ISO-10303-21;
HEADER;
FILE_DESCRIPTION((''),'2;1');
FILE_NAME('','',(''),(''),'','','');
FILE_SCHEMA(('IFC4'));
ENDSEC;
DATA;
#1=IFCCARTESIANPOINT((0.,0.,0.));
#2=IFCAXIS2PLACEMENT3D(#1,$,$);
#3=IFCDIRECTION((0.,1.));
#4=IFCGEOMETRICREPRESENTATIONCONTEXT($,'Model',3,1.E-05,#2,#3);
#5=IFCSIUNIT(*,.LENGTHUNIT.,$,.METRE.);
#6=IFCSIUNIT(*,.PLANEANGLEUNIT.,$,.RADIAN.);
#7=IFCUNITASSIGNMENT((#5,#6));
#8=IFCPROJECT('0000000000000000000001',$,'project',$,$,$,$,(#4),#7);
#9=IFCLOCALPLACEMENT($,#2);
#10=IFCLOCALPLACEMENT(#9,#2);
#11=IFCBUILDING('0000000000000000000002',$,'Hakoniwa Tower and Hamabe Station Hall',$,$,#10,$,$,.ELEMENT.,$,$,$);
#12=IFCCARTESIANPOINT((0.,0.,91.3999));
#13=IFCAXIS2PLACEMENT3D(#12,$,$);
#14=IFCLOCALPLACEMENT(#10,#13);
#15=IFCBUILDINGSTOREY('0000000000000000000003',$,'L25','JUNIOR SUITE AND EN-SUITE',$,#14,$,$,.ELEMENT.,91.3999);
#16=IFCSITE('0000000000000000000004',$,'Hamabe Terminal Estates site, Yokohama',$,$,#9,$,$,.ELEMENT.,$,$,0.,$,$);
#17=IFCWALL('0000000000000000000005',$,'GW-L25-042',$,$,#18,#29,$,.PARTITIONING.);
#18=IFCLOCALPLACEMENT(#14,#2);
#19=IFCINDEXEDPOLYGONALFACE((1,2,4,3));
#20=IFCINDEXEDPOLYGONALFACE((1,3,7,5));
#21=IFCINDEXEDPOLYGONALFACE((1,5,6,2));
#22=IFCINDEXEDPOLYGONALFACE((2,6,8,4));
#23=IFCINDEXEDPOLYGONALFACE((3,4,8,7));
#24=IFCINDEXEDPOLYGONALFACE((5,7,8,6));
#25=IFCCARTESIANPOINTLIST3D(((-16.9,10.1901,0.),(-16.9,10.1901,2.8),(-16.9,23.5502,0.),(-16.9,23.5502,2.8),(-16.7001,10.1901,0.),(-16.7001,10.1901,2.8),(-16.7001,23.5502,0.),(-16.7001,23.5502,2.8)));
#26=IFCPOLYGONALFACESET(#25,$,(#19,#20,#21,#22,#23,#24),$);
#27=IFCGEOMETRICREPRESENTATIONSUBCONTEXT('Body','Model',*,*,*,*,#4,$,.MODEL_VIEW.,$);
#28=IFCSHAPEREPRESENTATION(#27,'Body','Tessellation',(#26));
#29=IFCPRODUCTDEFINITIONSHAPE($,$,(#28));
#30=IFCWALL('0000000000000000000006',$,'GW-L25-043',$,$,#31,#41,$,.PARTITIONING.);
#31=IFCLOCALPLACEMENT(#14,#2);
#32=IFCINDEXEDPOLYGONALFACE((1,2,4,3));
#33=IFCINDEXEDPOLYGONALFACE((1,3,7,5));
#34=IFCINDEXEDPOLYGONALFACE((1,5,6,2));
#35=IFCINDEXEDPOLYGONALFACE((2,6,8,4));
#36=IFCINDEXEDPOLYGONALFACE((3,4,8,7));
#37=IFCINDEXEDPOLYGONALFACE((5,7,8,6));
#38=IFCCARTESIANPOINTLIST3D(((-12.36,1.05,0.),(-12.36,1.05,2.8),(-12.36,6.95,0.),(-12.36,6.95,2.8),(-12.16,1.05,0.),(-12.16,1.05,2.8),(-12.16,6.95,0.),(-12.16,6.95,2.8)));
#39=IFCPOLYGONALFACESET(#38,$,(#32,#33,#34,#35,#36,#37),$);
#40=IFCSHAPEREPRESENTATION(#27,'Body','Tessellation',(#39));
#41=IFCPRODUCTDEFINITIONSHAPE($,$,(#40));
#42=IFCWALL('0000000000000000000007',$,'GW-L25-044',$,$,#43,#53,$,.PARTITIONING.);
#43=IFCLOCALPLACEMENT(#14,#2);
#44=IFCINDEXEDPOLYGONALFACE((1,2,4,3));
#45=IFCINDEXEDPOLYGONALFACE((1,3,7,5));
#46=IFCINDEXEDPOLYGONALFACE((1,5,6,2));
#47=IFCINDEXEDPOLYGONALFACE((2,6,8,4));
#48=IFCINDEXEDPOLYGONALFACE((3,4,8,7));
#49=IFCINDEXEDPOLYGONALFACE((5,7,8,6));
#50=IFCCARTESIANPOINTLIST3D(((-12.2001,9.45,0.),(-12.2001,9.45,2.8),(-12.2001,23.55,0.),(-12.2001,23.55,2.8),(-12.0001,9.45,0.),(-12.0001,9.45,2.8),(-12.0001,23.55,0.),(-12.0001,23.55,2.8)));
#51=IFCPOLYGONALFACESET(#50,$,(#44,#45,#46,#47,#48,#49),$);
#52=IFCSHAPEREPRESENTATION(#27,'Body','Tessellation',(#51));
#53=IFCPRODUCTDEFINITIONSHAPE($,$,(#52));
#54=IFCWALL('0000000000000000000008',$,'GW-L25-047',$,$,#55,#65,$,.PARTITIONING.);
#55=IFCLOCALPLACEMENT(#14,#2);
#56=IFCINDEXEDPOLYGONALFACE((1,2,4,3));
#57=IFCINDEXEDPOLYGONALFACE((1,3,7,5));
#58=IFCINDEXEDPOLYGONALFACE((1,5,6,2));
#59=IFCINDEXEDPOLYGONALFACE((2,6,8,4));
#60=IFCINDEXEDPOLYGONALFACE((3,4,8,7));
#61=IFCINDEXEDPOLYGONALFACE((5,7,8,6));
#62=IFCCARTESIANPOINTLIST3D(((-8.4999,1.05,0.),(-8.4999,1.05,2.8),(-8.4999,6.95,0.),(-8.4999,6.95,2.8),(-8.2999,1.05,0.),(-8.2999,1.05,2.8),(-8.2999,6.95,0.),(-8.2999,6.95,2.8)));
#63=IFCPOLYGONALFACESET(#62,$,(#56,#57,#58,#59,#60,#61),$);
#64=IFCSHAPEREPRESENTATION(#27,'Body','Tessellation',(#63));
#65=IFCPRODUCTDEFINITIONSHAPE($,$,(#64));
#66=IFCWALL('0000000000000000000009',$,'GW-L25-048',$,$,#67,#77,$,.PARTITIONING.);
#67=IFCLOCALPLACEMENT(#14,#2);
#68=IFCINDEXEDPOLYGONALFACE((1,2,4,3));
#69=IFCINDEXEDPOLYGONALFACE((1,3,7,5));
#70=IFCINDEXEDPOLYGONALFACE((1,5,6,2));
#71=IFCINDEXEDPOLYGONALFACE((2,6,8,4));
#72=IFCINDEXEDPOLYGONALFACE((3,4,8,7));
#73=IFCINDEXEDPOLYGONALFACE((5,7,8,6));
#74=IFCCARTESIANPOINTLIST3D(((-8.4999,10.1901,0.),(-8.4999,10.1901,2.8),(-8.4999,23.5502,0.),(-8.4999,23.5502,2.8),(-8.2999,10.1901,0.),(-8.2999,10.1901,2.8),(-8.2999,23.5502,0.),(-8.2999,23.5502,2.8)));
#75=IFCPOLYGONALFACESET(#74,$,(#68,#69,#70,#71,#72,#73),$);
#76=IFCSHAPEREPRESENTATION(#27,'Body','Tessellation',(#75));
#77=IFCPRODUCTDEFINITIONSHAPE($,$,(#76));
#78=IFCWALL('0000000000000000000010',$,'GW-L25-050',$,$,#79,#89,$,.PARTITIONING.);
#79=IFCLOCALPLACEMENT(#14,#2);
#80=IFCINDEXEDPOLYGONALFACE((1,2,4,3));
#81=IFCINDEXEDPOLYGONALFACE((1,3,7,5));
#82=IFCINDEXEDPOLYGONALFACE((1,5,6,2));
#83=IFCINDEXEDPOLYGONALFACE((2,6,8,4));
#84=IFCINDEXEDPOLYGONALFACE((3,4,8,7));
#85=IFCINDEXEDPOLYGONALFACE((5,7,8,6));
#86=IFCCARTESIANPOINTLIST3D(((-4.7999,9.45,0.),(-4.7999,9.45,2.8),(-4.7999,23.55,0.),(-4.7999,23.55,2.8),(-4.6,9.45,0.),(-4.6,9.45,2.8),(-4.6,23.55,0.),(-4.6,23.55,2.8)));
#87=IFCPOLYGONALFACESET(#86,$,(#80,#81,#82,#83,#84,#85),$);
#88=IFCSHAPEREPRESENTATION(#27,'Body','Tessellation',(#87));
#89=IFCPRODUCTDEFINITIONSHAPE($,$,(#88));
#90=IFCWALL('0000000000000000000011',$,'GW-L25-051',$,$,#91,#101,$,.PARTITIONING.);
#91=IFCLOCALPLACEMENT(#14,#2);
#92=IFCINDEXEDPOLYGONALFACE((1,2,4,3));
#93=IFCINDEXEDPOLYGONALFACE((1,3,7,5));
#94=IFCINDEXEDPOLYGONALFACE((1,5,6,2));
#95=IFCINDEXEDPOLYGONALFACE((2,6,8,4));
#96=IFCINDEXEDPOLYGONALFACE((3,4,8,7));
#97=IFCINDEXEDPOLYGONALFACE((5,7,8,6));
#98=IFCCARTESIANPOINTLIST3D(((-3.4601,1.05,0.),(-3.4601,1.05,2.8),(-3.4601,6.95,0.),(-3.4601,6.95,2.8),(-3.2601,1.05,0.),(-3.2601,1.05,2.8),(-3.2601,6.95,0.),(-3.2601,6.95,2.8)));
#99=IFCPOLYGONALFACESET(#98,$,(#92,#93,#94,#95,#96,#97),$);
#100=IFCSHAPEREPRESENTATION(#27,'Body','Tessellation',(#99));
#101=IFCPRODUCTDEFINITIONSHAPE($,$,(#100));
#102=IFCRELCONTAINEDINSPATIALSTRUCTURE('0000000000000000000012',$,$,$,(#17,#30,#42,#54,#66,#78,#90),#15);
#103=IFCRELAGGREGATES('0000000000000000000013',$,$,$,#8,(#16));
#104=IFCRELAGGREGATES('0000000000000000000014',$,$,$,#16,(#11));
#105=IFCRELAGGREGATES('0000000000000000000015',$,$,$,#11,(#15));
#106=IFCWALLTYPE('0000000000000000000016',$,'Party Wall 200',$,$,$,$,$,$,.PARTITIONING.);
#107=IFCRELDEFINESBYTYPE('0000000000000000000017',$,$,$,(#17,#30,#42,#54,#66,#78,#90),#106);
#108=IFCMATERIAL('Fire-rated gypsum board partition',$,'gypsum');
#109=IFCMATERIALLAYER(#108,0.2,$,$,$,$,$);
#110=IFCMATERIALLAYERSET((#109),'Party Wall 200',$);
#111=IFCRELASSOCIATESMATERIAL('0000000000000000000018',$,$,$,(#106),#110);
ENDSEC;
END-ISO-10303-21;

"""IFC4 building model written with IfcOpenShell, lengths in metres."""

from ifc_helpers import new_model, si_unit, direction, frame, frame_2d, origin, place, context, subcontext, project, spatial, rectangle, extrude, material, layer, layer_set, type_object, element, save


model = new_model("IFC4")

# Units and contexts
model_context = context("Model", 3, precision=1e-05, world=origin(), true_north=direction((0.0, 1.0)))
body_context = subcontext(model_context, "Body", "Model", "MODEL_VIEW")
ifc_project = project(units=[si_unit("LENGTHUNIT", "METRE"), si_unit("PLANEANGLEUNIT", "RADIAN")], contexts=[model_context])

# Site, building, storey
site_placement = place(None, origin())
site = spatial("IfcSite", under=ifc_project, at=site_placement, Name="Hamabe Terminal Estates site, Yokohama", CompositionType="ELEMENT", RefElevation=0.0)
building_placement = place(site_placement, origin())
building = spatial("IfcBuilding", under=site, at=building_placement, Name="Hakoniwa Tower and Hamabe Station Hall", CompositionType="ELEMENT")
storey_placement = place(building_placement, frame((0.0, 0.0, 91.3999)))
storey = spatial("IfcBuildingStorey", under=building, at=storey_placement, Name="L25", Description="JUNIOR SUITE AND EN-SUITE", CompositionType="ELEMENT", Elevation=91.3999)

# Walls
ifc_material_1 = material(Name="Fire-rated gypsum board partition", Category="gypsum")
ifc_layer_1 = layer(ifc_material_1, 0.2)
ifc_layer_set_1 = layer_set([ifc_layer_1], Name="Party Wall 200")
wall_type_1 = type_object("IfcWallType", Name="Party Wall 200", PredefinedType="PARTITIONING", material=ifc_layer_set_1)
wall_1_placement = place(storey_placement, frame((-16.8, 10.1899, 0.0), z_axis=(0.0, 0.0, 1.0), x_axis=(0.0, 1.0, 0.0)))
element("IfcWall", 1, at=wall_1_placement, inside=storey, type_object=wall_type_1, Name="GW-L25-042", PredefinedType="PARTITIONING", context=body_context, shape_type="SweptSolid", body=[
    extrude(rectangle(XDim=13.3601, YDim=0.2, at=frame_2d((6.6802, 0.0))), origin(), (0.0, 0.0, 1.0), 2.8),
])
wall_2_placement = place(storey_placement, frame((-12.26, 1.05, 0.0), z_axis=(0.0, 0.0, 1.0), x_axis=(0.0, 1.0, 0.0)))
element("IfcWall", 2, at=wall_2_placement, inside=storey, type_object=wall_type_1, Name="GW-L25-043", PredefinedType="PARTITIONING", context=body_context, shape_type="SweptSolid", body=[
    extrude(rectangle(XDim=5.8999, YDim=0.2, at=frame_2d((2.95, 0.0))), origin(), (0.0, 0.0, 1.0), 2.8),
])
wall_3_placement = place(storey_placement, frame((-12.1001, 9.45, 0.0), z_axis=(0.0, 0.0, 1.0), x_axis=(0.0, 1.0, 0.0)))
element("IfcWall", 3, at=wall_3_placement, inside=storey, type_object=wall_type_1, Name="GW-L25-044", PredefinedType="PARTITIONING", context=body_context, shape_type="SweptSolid", body=[
    extrude(rectangle(XDim=14.1001, YDim=0.2, at=frame_2d((7.05, 0.0))), origin(), (0.0, 0.0, 1.0), 2.8),
])
wall_4_placement = place(storey_placement, frame((-8.3999, 1.05, 0.0), z_axis=(0.0, 0.0, 1.0), x_axis=(0.0, 1.0, 0.0)))
element("IfcWall", 4, at=wall_4_placement, inside=storey, type_object=wall_type_1, Name="GW-L25-047", PredefinedType="PARTITIONING", context=body_context, shape_type="SweptSolid", body=[
    extrude(rectangle(XDim=5.8999, YDim=0.2, at=frame_2d((2.95, 0.0))), origin(), (0.0, 0.0, 1.0), 2.8),
])
wall_5_placement = place(storey_placement, frame((-8.3999, 10.1899, 0.0), z_axis=(0.0, 0.0, 1.0), x_axis=(0.0, 1.0, 0.0)))
element("IfcWall", 5, at=wall_5_placement, inside=storey, type_object=wall_type_1, Name="GW-L25-048", PredefinedType="PARTITIONING", context=body_context, shape_type="SweptSolid", body=[
    extrude(rectangle(XDim=13.3601, YDim=0.2, at=frame_2d((6.6802, 0.0))), origin(), (0.0, 0.0, 1.0), 2.8),
])
wall_6_placement = place(storey_placement, frame((-4.7, 9.45, 0.0), z_axis=(0.0, 0.0, 1.0), x_axis=(0.0, 1.0, 0.0)))
element("IfcWall", 6, at=wall_6_placement, inside=storey, type_object=wall_type_1, Name="GW-L25-050", PredefinedType="PARTITIONING", context=body_context, shape_type="SweptSolid", body=[
    extrude(rectangle(XDim=14.1001, YDim=0.2, at=frame_2d((7.05, 0.0))), origin(), (0.0, 0.0, 1.0), 2.8),
])
wall_7_placement = place(storey_placement, frame((-3.3601, 1.05, 0.0), z_axis=(0.0, 0.0, 1.0), x_axis=(0.0, 1.0, 0.0)))
element("IfcWall", 7, at=wall_7_placement, inside=storey, type_object=wall_type_1, Name="GW-L25-051", PredefinedType="PARTITIONING", context=body_context, shape_type="SweptSolid", body=[
    extrude(rectangle(XDim=5.8999, YDim=0.2, at=frame_2d((2.95, 0.0))), origin(), (0.0, 0.0, 1.0), 2.8),
])

save(model, "model.ifc")
